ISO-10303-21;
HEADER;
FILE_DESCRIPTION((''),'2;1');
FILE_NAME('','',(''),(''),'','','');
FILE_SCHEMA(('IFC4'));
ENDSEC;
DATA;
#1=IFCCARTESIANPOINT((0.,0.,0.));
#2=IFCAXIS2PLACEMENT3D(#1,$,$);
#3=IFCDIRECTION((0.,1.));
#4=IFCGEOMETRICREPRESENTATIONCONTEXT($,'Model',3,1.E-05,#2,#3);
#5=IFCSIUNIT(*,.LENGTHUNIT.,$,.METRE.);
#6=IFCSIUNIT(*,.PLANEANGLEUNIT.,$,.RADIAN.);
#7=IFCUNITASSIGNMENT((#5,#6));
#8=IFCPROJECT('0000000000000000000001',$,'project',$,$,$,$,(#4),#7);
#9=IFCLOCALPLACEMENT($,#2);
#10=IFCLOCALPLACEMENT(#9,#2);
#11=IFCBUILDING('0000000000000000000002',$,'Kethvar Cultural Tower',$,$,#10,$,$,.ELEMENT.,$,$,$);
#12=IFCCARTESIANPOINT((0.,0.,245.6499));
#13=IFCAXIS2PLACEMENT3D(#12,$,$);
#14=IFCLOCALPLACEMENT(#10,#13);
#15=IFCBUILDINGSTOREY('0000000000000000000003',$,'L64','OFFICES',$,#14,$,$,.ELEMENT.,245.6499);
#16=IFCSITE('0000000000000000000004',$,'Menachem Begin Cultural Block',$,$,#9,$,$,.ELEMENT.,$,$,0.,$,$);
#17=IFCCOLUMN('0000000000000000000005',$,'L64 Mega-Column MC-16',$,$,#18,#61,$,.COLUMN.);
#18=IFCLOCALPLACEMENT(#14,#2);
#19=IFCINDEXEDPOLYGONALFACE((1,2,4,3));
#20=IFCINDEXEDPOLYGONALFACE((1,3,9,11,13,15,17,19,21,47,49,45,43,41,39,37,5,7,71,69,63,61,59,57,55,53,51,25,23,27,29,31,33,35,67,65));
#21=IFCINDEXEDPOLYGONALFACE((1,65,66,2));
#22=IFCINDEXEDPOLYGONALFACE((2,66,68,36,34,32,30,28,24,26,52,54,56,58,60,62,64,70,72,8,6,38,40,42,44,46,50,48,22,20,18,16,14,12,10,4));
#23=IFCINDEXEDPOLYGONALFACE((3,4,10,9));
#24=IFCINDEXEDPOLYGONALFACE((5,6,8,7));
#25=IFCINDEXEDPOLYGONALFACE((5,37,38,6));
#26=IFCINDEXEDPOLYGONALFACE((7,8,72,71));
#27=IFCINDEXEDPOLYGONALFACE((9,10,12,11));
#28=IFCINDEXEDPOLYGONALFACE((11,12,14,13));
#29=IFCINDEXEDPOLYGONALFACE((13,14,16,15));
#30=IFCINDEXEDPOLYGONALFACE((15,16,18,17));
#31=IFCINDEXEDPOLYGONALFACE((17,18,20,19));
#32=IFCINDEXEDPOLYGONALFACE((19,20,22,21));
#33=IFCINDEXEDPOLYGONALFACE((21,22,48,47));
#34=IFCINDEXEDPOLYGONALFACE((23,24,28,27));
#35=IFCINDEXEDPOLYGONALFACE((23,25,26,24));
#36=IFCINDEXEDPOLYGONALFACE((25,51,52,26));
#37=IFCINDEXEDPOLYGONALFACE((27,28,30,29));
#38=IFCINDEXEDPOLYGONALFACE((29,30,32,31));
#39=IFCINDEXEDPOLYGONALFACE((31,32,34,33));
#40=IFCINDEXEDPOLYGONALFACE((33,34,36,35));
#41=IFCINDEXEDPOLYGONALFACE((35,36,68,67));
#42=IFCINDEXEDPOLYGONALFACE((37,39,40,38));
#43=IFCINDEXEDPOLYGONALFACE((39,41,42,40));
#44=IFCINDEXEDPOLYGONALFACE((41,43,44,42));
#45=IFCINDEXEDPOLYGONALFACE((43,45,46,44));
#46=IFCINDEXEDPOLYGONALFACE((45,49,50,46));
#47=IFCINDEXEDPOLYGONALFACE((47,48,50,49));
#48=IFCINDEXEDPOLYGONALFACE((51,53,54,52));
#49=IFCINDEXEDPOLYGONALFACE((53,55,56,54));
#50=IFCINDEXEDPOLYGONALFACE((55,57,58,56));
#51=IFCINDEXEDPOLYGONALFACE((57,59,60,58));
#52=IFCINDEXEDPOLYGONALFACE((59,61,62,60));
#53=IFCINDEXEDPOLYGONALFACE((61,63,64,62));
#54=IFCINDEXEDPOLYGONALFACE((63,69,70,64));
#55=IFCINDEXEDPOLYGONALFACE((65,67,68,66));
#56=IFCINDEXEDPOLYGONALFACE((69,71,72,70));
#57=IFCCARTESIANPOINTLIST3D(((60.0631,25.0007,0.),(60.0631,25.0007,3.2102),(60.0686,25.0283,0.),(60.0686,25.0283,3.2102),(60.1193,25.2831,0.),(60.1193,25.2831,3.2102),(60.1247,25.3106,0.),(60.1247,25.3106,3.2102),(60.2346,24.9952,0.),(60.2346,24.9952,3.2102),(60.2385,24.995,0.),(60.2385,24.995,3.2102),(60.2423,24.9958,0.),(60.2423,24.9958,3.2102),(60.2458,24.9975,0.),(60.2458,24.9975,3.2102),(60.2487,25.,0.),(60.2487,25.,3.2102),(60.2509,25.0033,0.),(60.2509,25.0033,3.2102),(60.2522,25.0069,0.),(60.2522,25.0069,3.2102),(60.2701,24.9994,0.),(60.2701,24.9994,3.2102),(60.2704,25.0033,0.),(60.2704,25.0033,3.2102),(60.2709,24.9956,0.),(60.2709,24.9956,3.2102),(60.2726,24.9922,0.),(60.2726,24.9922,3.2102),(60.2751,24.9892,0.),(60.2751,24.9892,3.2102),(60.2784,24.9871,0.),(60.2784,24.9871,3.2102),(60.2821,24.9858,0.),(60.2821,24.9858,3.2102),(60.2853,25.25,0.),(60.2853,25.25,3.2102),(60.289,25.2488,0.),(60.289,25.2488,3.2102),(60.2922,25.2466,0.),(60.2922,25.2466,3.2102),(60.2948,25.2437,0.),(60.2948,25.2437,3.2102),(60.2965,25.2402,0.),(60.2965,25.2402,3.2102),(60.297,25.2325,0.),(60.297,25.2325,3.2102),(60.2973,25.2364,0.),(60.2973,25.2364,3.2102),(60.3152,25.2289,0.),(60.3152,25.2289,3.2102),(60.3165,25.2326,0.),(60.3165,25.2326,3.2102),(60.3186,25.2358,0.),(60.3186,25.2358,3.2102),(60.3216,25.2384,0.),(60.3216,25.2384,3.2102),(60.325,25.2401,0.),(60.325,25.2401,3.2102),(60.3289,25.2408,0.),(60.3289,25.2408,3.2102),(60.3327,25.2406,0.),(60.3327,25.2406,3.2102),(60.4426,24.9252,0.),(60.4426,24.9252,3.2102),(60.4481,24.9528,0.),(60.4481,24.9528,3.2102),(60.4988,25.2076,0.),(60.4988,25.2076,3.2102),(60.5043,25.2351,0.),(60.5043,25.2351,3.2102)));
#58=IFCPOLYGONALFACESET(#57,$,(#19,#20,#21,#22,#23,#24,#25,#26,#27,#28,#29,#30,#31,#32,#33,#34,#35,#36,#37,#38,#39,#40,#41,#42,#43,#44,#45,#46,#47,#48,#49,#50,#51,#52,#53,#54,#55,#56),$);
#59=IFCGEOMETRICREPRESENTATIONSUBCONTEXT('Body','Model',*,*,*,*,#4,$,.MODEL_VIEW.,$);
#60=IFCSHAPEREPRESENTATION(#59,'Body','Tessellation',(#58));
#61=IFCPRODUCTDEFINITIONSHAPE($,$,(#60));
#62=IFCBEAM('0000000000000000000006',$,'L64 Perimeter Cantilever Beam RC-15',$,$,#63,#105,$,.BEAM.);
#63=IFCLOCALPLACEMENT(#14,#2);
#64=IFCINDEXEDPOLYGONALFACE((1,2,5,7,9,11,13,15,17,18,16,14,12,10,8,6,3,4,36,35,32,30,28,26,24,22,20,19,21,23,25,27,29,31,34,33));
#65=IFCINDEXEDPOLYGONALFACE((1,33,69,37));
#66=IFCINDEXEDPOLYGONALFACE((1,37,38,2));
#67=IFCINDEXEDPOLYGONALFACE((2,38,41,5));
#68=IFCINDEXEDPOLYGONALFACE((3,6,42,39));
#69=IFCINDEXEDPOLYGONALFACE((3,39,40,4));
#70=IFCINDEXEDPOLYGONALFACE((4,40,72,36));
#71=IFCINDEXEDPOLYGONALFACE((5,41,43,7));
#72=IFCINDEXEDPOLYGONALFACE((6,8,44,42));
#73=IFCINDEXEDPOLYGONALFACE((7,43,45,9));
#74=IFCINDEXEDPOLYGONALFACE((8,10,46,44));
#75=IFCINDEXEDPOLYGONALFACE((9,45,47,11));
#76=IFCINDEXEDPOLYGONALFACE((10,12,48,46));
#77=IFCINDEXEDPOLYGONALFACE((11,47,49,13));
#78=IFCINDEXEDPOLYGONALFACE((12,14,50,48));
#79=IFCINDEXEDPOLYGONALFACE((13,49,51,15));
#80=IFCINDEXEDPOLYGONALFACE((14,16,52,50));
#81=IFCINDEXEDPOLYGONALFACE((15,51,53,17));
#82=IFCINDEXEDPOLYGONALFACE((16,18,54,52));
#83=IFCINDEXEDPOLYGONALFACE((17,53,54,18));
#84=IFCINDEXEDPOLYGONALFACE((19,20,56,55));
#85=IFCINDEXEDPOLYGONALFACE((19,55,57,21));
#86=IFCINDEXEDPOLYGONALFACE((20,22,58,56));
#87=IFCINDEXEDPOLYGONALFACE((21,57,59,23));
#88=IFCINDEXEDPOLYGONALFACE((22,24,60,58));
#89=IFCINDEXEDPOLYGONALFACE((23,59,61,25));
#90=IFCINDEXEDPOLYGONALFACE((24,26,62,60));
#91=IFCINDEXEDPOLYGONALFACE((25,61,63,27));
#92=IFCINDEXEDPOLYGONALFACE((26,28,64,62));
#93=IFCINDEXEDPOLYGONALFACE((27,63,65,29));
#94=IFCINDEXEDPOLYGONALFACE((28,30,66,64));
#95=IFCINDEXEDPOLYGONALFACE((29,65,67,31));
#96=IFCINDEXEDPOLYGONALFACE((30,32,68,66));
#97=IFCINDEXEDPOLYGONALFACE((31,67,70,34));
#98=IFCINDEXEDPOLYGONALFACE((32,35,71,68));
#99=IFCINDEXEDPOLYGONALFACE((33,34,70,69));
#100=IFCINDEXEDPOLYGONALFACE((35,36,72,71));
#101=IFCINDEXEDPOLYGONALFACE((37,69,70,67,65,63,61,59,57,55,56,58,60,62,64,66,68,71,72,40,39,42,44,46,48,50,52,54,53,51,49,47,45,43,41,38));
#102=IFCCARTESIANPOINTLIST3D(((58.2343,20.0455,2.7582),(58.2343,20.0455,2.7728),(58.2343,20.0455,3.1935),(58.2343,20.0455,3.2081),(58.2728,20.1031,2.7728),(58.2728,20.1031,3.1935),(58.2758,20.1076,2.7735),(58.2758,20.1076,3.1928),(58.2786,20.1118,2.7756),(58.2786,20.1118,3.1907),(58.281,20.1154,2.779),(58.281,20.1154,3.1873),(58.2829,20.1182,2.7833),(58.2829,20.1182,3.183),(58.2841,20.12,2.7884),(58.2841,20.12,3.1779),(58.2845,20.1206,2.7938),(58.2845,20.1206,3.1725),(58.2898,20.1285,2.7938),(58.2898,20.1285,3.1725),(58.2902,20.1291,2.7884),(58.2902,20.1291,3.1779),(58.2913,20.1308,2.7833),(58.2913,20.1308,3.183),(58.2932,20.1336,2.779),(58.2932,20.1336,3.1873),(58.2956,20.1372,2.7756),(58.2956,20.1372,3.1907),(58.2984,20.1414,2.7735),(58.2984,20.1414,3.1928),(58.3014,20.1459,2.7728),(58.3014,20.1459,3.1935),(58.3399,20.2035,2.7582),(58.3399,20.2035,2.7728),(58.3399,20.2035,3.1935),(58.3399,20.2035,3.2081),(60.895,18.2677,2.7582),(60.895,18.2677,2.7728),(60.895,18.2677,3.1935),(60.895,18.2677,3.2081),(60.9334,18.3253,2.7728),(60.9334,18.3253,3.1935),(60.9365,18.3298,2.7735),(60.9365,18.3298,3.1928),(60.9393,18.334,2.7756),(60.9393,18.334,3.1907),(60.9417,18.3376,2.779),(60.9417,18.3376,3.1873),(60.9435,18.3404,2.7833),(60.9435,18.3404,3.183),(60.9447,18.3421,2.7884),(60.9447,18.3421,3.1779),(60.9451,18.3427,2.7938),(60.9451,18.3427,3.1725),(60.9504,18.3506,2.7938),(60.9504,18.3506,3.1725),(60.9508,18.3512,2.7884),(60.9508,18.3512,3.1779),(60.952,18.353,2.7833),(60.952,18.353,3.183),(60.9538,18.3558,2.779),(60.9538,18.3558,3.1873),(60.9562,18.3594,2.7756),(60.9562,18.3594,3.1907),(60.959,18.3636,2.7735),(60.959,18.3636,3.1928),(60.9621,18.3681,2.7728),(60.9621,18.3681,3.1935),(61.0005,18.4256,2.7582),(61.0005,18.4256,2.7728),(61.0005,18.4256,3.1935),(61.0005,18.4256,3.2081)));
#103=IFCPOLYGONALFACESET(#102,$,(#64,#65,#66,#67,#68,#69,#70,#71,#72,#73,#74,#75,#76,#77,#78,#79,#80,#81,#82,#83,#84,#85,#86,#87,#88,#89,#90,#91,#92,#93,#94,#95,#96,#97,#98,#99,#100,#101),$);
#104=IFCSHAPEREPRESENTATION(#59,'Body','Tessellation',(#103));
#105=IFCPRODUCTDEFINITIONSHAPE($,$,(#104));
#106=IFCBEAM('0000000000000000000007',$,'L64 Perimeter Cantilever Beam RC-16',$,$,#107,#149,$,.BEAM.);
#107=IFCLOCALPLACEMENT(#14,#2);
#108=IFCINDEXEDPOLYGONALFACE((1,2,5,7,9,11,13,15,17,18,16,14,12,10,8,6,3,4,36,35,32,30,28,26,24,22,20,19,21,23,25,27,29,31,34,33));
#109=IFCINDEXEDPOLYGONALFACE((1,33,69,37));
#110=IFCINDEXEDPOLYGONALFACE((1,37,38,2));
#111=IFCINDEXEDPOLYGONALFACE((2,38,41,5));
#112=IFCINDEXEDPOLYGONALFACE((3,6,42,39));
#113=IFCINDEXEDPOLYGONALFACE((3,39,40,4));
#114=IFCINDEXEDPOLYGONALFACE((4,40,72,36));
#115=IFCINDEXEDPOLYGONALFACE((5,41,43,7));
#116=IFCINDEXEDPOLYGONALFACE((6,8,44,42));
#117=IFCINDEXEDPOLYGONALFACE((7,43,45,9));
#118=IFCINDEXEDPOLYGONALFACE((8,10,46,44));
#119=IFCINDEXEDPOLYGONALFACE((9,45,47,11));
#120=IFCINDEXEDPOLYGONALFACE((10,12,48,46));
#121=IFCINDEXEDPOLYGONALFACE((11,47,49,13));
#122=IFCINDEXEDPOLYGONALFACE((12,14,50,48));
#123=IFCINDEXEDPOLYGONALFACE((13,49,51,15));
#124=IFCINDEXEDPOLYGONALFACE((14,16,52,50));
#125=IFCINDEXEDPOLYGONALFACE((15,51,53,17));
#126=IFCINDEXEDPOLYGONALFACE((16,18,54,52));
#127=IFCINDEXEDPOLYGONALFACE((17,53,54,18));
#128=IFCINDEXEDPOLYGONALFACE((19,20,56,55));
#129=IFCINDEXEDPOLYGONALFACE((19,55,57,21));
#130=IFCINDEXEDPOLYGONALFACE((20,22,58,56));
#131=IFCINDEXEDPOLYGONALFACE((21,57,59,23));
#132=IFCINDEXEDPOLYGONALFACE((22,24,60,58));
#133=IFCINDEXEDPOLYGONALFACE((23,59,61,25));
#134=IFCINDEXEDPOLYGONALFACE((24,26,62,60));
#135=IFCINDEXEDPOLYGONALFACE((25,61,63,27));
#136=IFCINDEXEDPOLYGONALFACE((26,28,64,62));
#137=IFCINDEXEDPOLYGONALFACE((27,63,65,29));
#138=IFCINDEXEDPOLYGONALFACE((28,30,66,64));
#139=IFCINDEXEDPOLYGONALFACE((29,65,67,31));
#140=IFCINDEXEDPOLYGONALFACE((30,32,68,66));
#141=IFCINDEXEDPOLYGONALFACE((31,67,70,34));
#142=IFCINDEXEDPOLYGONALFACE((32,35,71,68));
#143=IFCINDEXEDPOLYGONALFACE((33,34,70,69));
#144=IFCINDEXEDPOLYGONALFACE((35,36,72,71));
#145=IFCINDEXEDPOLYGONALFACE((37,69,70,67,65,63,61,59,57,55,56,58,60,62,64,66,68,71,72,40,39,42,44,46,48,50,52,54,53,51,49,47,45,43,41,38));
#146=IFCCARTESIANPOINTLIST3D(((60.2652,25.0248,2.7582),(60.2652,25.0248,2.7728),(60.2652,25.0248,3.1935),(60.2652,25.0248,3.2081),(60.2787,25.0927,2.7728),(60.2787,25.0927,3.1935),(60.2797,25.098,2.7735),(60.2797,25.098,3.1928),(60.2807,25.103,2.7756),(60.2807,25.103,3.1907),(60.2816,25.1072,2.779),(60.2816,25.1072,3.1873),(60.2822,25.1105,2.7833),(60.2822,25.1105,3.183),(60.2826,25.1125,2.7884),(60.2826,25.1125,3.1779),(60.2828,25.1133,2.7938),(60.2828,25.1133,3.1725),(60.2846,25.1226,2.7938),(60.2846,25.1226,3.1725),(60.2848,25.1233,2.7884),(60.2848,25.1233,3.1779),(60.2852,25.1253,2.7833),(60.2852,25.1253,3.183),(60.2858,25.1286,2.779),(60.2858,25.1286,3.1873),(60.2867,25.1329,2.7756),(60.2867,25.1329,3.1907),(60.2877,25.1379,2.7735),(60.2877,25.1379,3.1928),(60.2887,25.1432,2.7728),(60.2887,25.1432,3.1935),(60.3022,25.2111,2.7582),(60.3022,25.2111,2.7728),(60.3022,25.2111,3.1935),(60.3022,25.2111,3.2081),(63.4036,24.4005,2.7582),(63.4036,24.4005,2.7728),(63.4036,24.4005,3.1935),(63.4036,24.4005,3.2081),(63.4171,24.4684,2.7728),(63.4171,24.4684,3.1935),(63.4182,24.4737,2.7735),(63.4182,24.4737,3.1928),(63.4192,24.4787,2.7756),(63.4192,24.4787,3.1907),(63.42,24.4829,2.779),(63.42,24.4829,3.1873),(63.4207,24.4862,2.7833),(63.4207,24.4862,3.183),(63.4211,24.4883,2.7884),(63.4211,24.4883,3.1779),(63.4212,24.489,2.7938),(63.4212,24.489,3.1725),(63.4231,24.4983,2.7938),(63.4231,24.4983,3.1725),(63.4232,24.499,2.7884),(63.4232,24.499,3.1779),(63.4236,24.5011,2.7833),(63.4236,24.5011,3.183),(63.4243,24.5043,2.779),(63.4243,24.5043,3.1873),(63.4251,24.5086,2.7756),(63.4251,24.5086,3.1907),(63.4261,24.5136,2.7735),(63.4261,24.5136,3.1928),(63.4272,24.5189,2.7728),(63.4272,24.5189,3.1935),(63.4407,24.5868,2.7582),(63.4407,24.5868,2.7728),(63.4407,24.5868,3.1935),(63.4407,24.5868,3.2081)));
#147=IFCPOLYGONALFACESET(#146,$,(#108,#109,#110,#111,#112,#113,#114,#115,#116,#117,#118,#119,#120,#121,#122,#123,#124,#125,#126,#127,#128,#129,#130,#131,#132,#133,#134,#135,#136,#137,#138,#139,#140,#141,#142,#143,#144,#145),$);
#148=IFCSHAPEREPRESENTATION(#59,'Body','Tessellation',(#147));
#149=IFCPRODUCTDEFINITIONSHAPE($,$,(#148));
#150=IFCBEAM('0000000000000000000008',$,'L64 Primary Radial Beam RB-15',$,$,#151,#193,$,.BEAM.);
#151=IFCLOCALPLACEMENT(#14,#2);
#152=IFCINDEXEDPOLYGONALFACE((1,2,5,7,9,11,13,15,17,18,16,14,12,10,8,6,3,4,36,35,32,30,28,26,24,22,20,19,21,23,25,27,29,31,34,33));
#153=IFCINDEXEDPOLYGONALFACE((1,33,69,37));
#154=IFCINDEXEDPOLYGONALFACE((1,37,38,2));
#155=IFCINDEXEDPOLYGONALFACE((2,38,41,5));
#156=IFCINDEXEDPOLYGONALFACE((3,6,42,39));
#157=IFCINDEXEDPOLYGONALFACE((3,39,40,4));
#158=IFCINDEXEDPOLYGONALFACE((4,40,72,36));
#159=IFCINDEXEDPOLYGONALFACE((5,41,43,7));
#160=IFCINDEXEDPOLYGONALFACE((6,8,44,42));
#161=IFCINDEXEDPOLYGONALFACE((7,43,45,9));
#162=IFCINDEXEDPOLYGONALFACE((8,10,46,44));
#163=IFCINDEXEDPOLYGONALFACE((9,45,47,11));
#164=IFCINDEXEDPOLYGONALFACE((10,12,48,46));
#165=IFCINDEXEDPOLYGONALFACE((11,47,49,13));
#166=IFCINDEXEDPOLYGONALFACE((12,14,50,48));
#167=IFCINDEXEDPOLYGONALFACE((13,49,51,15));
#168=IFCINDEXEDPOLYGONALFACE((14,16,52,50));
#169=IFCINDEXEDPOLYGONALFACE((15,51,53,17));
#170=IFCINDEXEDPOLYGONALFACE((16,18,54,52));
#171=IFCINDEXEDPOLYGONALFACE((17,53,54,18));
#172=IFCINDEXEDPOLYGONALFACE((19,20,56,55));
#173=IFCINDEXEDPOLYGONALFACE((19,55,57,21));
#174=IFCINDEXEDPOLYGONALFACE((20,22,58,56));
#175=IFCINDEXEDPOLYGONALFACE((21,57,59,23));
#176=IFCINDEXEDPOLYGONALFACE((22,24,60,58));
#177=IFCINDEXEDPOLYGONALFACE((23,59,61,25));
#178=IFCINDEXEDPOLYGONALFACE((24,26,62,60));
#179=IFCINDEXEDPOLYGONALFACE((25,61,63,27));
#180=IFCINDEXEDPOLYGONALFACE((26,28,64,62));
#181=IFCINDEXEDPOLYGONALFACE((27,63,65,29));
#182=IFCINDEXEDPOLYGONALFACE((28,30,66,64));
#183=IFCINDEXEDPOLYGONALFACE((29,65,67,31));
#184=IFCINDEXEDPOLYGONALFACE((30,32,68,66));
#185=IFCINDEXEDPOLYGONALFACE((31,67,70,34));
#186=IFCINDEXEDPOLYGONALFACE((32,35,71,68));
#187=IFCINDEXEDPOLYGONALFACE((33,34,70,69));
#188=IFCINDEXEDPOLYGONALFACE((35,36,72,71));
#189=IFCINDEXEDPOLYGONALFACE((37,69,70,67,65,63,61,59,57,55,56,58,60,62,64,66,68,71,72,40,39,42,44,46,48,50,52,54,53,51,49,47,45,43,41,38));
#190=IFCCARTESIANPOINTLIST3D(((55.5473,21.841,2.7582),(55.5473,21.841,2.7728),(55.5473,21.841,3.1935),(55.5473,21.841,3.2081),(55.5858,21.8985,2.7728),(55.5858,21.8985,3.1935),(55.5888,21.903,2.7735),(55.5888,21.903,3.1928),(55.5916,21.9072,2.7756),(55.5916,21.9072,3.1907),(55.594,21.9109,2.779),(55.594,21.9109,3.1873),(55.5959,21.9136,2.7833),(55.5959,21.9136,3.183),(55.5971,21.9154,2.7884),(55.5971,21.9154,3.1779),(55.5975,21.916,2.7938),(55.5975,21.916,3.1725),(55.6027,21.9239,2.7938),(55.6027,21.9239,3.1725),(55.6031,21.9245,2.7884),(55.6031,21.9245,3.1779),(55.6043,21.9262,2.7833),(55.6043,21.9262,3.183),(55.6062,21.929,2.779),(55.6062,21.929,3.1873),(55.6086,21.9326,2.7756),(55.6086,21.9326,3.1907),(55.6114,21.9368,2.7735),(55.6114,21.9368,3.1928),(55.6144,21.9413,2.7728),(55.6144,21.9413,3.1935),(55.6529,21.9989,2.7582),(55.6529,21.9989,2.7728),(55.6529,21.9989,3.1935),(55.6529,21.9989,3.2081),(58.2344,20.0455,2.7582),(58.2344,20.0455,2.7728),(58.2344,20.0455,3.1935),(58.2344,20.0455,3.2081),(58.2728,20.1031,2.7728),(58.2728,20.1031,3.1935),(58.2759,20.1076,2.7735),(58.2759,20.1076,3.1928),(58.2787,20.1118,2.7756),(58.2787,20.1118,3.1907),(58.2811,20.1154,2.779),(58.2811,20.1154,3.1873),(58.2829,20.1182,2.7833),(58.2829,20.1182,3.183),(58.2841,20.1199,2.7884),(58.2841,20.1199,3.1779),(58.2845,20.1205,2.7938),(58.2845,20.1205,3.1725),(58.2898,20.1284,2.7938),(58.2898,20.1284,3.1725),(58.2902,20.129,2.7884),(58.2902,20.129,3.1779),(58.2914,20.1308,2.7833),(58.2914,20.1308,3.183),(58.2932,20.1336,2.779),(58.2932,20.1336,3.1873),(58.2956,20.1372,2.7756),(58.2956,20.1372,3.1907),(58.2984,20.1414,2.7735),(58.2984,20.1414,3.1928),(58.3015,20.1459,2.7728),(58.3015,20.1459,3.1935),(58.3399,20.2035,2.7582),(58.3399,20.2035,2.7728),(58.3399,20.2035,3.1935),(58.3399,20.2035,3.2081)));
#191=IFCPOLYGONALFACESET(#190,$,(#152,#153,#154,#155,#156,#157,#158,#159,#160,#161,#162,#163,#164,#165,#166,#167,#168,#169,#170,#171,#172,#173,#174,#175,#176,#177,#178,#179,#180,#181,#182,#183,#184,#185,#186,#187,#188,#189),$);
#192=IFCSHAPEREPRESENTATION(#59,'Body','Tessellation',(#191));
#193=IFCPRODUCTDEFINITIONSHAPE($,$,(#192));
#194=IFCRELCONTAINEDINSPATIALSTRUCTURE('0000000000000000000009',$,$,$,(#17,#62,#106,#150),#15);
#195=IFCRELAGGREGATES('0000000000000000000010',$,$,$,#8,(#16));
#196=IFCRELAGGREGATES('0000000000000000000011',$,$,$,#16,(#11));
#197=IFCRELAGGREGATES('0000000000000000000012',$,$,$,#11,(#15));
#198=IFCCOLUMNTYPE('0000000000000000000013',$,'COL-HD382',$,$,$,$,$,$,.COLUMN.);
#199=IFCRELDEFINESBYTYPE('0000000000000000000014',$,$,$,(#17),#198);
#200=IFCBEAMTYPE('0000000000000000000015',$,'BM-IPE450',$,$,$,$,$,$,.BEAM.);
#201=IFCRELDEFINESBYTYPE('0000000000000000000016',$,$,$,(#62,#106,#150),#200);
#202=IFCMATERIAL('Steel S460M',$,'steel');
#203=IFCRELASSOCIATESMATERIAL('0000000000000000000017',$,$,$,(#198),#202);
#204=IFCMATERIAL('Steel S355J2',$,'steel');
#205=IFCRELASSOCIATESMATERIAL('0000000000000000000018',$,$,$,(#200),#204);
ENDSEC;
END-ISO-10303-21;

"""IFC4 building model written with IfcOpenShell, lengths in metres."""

from ifc_helpers import new_model, si_unit, direction, frame, origin, origin_2d, place, context, subcontext, project, spatial, i_section, extrude, source, transform, mapped, material, material_profile, profile_set, type_object, element, save


model = new_model("IFC4")

# Units and contexts
model_context = context("Model", 3, precision=1e-05, world=origin(), true_north=direction((0.0, 1.0)))
body_context = subcontext(model_context, "Body", "Model", "MODEL_VIEW")
ifc_project = project(units=[si_unit("LENGTHUNIT", "METRE"), si_unit("PLANEANGLEUNIT", "RADIAN")], contexts=[model_context])

# Site, building, storey
site_placement = place(None, origin())
site = spatial("IfcSite", under=ifc_project, at=site_placement, Name="Menachem Begin Cultural Block", CompositionType="ELEMENT", RefElevation=0.0)
building_placement = place(site_placement, origin())
building = spatial("IfcBuilding", under=site, at=building_placement, Name="Kethvar Cultural Tower", CompositionType="ELEMENT")
storey_placement = place(building_placement, frame((0.0, 0.0, 245.6499)))
storey = spatial("IfcBuildingStorey", under=building, at=storey_placement, Name="L64", Description="OFFICES", CompositionType="ELEMENT", Elevation=245.6499)

# Column
ifc_material_1 = material(Name="Steel S460M", Category="steel")
ifc_material_profile_1 = material_profile(ifc_material_1, i_section(OverallWidth=0.387, OverallDepth=0.3159, WebThickness=0.0186, FlangeThickness=0.0281, FilletRadius=0.0149, at=origin_2d()), Name="Steel S460M — HD400x382")
ifc_profile_set_1 = profile_set([ifc_material_profile_1], Name="Steel S460M — HD400x382")
column_type = type_object("IfcColumnType", Name="COL-HD382", PredefinedType="COLUMN", material=ifc_profile_set_1)
shared_shape_1 = source(origin(), body_context, "Body", "SweptSolid", [
    extrude(i_section(OverallWidth=0.387, OverallDepth=0.3159, WebThickness=0.0186, FlangeThickness=0.0281, FilletRadius=0.0149, at=origin_2d()), origin(), (0.0, 0.0, 1.0), 3.2102),
])
column_placement = place(storey_placement, frame((60.2837, 25.1179, 0.0), z_axis=(0.0, 0.0, 1.0), x_axis=(0.980785, -0.19509, 0.0)))
element("IfcColumn", 1, at=column_placement, inside=storey, type_object=column_type, Name="L64 Mega-Column MC-16", PredefinedType="COLUMN", context=body_context, shape_type="MappedRepresentation", body=[
    mapped(shared_shape_1, transform((0.0, 0.0, 0.0), scale=1.0)),
])

# Beams
ifc_material_2 = material(Name="Steel S355J2", Category="steel")
ifc_material_profile_2 = material_profile(ifc_material_2, i_section(OverallWidth=0.1899, OverallDepth=0.45, WebThickness=0.0095, FlangeThickness=0.0146, FilletRadius=0.021, at=origin_2d()), Name="Steel S355J2 — IPE450")
ifc_profile_set_2 = profile_set([ifc_material_profile_2], Name="Steel S355J2 — IPE450")
beam_type_1 = type_object("IfcBeamType", Name="BM-IPE450", PredefinedType="BEAM", material=ifc_profile_set_2)
shared_shape_2 = source(origin(), body_context, "Body", "SweptSolid", [
    extrude(i_section(OverallWidth=0.1899, OverallDepth=0.45, WebThickness=0.0095, FlangeThickness=0.0146, FilletRadius=0.021, at=origin_2d()), origin(), (0.0, 0.0, 1.0), 3.2),
])
for number, where, z_axis, x_axis, name in (
    (2, (58.2871, 20.1245, 2.9832), (0.831463, -0.55558, 0.0), (0.55558, 0.831463, 0.0), "L64 Perimeter Cantilever Beam RC-15"),
    (3, (60.2837, 25.1179, 2.9832), (0.980786, -0.195089, 0.0), (0.195089, 0.980786, 0.0), "L64 Perimeter Cantilever Beam RC-16"),
):
    element("IfcBeam", number, at=place(storey_placement, frame(where, z_axis=z_axis, x_axis=x_axis)), inside=storey, type_object=beam_type_1, Name=name, PredefinedType="BEAM", context=body_context, shape_type="MappedRepresentation", body=[
        mapped(shared_shape_2, transform((0.0, 0.0, 0.0), scale=1.0)),
    ])
shared_shape_3 = source(origin(), body_context, "Body", "SweptSolid", [
    extrude(i_section(OverallWidth=0.1899, OverallDepth=0.45, WebThickness=0.0095, FlangeThickness=0.0146, FilletRadius=0.021, at=origin_2d()), origin(), (0.0, 0.0, 1.0), 3.2317),
])
beam_1_placement = place(storey_placement, frame((55.6001, 21.9199, 2.9832), z_axis=(0.831469, -0.555572, 0.0), x_axis=(0.555572, 0.831469, 0.0)))
element("IfcBeam", 4, at=beam_1_placement, inside=storey, type_object=beam_type_1, Name="L64 Primary Radial Beam RB-15", PredefinedType="BEAM", context=body_context, shape_type="MappedRepresentation", body=[
    mapped(shared_shape_3, transform((0.0, 0.0, 0.0), scale=1.0)),
])

save(model, "model.ifc")
